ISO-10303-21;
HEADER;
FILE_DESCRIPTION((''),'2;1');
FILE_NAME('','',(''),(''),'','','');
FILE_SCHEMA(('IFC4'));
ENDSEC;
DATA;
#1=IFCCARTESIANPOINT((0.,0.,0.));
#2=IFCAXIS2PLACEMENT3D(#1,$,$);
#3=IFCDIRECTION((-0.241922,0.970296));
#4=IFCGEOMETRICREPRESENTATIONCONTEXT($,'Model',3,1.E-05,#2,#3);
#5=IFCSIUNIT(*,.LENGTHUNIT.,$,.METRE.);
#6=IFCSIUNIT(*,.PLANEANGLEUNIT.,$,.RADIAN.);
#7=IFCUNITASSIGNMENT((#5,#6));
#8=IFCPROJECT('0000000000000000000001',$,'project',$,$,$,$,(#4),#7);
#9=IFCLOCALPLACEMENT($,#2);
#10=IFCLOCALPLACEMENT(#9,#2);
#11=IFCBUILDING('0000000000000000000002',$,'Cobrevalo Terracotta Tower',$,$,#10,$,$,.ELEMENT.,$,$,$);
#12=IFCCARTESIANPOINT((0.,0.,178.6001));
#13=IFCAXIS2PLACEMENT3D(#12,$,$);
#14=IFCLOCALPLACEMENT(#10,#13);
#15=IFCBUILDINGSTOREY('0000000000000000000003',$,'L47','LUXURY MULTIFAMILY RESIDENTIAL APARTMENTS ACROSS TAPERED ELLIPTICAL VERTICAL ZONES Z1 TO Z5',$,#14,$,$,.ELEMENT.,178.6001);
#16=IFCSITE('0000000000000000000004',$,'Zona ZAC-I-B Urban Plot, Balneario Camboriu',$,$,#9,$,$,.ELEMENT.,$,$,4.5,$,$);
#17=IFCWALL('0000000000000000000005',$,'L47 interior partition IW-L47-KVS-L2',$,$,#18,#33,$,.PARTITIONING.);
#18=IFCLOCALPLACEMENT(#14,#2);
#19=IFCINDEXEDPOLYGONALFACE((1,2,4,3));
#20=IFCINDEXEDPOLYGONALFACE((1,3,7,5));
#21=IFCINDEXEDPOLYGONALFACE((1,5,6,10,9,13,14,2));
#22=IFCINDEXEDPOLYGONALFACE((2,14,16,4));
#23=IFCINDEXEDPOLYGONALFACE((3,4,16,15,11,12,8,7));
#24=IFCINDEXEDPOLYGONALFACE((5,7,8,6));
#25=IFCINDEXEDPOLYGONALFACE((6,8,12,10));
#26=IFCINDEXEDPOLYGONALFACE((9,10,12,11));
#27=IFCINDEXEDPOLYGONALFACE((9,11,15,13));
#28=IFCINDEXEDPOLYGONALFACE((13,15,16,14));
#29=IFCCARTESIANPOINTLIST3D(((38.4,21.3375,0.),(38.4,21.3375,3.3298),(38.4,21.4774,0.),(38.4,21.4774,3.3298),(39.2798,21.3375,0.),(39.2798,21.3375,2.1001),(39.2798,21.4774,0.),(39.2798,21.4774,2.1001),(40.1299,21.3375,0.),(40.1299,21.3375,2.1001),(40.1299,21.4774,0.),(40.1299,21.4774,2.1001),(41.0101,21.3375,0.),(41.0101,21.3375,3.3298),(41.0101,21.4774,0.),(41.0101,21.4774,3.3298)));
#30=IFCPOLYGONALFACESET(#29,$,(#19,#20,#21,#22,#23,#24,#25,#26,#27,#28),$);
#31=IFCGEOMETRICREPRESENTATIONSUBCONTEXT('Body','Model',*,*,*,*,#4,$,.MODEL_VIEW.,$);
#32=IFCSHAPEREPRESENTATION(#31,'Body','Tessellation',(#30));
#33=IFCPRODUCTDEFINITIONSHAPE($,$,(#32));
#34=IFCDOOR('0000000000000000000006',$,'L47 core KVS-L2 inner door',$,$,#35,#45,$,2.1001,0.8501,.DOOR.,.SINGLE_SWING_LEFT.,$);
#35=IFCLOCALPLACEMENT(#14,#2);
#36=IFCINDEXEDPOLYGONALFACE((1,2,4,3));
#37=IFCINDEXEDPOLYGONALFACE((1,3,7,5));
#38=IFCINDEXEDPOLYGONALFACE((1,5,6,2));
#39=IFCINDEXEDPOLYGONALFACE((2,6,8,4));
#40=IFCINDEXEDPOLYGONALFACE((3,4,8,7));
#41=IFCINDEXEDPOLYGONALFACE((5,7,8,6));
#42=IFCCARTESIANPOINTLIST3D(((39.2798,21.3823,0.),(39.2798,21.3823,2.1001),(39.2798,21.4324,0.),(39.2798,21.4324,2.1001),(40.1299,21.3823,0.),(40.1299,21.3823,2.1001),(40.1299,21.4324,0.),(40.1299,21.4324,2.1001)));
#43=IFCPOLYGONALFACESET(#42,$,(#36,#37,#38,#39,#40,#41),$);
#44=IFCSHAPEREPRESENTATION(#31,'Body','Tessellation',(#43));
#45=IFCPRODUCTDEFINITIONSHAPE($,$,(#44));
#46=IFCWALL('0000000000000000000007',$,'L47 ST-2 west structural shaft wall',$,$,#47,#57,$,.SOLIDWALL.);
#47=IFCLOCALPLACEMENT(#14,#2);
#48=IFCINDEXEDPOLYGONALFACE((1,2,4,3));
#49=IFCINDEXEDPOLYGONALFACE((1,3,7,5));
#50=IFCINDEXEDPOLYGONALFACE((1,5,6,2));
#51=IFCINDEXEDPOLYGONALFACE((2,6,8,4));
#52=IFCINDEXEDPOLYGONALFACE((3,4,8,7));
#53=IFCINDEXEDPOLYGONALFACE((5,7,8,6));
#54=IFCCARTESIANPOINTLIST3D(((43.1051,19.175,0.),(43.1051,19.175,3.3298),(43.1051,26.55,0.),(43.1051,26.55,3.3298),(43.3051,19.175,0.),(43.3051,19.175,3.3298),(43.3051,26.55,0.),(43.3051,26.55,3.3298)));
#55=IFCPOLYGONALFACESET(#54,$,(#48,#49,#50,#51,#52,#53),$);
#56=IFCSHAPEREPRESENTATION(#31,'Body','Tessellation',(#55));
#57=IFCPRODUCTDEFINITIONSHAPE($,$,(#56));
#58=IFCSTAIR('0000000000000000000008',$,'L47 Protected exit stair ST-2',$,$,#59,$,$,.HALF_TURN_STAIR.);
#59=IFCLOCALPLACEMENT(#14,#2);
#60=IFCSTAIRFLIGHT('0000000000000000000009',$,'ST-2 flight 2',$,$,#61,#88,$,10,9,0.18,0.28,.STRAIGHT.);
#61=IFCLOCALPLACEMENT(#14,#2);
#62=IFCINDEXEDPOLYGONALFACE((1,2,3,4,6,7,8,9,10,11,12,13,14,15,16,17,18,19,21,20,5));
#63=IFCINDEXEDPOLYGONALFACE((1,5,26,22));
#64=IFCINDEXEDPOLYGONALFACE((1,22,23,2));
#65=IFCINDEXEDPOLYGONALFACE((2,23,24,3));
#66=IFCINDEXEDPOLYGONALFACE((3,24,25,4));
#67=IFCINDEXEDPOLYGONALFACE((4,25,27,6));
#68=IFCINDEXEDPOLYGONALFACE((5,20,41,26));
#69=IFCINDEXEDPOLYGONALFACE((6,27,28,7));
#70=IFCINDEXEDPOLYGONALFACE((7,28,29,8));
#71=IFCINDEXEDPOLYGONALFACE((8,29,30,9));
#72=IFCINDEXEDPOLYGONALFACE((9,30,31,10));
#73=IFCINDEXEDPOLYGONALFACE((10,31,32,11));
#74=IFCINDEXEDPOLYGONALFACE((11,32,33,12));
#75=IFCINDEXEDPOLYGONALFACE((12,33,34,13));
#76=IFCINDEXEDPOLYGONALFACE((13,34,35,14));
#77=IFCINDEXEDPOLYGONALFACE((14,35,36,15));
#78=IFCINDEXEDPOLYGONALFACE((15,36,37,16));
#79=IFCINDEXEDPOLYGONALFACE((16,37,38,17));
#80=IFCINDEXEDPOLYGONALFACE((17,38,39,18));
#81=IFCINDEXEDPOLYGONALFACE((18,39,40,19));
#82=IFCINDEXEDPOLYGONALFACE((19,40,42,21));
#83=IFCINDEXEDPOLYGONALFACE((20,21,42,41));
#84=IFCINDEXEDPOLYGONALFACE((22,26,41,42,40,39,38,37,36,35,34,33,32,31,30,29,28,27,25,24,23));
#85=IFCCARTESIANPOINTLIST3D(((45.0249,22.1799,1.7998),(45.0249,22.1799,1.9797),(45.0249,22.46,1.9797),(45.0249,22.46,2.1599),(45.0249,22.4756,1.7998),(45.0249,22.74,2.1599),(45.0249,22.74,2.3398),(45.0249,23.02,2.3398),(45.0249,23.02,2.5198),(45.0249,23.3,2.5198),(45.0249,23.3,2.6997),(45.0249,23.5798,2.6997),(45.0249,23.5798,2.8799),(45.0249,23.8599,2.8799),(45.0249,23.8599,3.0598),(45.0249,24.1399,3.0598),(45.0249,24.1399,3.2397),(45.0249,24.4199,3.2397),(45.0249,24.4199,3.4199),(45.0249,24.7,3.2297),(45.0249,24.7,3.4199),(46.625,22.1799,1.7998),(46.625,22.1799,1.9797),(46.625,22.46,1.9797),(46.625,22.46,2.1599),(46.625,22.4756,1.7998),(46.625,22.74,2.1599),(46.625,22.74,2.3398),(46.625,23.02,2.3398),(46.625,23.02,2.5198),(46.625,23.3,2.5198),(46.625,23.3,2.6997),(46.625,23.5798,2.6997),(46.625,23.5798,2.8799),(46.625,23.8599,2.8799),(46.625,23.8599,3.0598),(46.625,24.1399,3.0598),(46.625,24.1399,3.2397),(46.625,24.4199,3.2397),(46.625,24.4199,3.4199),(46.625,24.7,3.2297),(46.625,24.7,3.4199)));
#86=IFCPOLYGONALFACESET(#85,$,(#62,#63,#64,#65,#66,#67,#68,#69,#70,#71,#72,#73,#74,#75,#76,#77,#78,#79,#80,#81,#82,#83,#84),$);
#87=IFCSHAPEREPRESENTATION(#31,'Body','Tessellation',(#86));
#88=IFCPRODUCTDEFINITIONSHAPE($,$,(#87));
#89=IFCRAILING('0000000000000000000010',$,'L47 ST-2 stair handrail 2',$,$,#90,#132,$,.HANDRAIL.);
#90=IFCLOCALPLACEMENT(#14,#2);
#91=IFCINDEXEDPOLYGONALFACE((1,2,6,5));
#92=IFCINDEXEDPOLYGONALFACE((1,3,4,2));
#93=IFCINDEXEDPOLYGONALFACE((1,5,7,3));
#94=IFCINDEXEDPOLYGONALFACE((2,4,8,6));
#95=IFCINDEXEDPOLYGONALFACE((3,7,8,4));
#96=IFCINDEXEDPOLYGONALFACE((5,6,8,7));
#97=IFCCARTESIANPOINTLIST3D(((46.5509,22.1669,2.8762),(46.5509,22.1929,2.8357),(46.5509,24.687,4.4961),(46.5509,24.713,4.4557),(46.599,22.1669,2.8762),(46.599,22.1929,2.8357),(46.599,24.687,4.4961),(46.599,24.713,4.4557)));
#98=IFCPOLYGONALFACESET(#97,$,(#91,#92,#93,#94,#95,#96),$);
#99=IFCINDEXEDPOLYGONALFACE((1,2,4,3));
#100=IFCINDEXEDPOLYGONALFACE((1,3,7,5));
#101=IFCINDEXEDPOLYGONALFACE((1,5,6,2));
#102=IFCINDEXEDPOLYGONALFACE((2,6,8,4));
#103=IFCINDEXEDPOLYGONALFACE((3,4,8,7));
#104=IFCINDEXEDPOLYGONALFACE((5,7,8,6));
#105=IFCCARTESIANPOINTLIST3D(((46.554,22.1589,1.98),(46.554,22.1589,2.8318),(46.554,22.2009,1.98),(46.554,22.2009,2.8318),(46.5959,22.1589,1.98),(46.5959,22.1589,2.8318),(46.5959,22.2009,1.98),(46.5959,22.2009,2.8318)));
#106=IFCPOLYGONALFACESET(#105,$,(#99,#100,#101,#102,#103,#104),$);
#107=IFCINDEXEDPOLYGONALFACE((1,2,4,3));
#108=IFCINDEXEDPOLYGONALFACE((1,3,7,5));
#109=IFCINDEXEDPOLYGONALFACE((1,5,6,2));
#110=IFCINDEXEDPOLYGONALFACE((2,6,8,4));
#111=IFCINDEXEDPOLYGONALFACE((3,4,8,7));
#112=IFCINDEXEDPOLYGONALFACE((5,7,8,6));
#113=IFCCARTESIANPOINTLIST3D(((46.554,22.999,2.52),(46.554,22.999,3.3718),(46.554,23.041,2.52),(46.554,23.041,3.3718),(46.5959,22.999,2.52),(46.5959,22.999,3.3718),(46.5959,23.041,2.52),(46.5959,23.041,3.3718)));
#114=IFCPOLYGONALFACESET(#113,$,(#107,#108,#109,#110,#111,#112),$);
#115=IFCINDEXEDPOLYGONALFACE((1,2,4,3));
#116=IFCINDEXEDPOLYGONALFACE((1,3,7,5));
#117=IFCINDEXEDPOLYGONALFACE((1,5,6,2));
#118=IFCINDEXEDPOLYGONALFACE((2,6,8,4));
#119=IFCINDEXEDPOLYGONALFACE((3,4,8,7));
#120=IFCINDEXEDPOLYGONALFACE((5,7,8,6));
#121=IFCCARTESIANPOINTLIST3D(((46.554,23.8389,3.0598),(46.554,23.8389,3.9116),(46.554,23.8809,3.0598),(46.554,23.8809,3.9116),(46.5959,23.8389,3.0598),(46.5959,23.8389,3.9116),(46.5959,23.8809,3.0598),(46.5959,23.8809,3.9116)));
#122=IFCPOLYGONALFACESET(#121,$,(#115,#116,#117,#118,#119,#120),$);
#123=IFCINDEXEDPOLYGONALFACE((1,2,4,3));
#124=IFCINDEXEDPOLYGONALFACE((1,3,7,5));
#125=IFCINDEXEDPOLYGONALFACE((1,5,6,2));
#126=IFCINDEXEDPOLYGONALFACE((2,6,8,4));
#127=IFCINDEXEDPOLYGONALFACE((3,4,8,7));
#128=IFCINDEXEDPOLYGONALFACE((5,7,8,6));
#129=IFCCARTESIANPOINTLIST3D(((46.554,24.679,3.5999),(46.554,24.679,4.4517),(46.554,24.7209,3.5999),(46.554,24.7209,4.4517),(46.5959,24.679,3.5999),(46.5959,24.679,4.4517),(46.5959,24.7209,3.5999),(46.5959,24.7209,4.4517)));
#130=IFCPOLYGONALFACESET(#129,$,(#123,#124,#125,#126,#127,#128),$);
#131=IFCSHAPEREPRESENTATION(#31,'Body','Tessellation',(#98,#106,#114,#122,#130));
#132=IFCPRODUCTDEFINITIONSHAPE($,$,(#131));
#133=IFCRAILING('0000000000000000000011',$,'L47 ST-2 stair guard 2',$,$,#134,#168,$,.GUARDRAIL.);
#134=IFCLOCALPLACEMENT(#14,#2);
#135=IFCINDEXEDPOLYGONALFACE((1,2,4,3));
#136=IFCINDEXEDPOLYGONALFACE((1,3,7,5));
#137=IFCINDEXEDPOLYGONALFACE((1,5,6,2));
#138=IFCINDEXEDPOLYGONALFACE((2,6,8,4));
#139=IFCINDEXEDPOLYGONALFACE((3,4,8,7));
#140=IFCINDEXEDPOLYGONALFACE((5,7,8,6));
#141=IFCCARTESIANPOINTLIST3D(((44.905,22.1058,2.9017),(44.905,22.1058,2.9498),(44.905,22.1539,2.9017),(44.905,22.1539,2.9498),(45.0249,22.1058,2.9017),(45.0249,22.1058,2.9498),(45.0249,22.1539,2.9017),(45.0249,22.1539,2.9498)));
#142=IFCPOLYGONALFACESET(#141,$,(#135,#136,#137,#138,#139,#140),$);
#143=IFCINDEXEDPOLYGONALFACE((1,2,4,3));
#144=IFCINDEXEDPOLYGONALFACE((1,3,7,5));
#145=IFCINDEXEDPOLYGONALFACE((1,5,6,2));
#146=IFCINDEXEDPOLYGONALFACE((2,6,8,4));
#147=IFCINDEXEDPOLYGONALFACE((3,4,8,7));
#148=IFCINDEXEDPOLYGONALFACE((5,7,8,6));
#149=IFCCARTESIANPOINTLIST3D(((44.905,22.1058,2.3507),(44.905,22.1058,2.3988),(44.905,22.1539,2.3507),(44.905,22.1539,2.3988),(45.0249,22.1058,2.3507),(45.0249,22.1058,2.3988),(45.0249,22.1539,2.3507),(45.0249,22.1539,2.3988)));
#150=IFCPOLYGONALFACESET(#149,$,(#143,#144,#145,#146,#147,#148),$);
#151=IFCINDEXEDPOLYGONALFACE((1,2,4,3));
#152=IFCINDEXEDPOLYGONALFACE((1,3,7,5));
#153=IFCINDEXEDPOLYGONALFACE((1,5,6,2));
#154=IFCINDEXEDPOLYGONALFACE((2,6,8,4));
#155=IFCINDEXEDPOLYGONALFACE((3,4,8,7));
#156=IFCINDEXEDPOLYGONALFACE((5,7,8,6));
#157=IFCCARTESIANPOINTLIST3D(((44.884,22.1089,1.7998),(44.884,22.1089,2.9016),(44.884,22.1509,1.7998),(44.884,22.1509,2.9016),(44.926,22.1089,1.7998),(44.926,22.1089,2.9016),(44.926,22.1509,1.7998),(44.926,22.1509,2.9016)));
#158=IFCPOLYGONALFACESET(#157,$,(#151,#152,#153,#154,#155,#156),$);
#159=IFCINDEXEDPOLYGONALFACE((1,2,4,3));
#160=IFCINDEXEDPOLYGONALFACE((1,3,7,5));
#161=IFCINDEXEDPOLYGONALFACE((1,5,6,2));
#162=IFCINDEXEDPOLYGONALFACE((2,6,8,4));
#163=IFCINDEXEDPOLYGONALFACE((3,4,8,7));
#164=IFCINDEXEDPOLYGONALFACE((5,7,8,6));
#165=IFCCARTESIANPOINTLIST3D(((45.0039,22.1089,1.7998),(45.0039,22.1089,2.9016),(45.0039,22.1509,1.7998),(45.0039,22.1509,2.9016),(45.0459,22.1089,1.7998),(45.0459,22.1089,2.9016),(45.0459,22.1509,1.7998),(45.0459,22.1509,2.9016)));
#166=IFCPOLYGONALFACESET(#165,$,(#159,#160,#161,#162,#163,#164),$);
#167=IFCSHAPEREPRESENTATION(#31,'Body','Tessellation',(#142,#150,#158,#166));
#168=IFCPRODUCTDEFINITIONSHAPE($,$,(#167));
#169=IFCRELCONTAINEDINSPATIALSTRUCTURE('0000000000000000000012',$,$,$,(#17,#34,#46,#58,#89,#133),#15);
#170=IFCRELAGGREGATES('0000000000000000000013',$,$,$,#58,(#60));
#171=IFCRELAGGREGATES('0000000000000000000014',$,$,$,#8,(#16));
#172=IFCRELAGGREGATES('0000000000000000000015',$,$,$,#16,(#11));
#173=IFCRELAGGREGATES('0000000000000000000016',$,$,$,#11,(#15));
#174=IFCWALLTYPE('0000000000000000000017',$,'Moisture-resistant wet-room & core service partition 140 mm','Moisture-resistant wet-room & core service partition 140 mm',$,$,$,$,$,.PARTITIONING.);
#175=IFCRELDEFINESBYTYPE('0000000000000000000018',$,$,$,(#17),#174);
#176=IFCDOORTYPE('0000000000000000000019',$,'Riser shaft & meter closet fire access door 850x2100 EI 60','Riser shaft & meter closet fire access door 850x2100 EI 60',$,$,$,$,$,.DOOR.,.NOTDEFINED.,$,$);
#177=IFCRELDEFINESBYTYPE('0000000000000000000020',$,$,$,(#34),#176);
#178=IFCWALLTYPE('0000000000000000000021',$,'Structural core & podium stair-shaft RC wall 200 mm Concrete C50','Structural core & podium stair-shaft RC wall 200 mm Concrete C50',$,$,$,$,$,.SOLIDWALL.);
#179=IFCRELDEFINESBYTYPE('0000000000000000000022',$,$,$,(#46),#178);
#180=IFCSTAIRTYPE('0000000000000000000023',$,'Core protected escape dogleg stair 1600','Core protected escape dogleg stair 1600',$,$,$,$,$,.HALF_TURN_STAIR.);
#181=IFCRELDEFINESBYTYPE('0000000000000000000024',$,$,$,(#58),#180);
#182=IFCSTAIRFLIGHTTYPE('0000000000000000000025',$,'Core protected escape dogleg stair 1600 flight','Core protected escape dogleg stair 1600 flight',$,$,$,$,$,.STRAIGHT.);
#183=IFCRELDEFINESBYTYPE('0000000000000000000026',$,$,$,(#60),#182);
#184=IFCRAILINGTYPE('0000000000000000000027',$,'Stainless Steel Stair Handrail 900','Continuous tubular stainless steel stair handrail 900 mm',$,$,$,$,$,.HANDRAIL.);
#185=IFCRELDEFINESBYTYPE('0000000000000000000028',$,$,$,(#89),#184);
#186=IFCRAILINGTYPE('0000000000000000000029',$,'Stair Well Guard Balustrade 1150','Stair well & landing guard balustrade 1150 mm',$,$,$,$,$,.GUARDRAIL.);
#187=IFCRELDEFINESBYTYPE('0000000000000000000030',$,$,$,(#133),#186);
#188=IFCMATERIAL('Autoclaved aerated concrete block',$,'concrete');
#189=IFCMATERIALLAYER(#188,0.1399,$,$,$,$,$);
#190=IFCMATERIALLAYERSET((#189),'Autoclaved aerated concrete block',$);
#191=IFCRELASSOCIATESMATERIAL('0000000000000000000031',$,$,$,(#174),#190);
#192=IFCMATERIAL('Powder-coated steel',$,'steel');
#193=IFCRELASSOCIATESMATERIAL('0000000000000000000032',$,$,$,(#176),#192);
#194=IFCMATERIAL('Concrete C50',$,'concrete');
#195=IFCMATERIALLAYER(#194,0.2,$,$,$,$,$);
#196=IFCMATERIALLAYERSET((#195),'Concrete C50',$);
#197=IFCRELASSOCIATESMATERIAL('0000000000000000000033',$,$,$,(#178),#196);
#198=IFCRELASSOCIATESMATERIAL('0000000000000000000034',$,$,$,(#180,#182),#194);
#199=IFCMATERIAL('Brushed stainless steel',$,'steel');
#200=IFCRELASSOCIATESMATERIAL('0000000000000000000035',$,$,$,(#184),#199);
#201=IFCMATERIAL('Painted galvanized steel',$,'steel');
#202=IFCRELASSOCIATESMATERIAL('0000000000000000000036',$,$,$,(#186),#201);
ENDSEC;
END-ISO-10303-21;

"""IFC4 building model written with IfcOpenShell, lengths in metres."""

from ifc_helpers import new_model, si_unit, direction, frame, frame_2d, origin, origin_2d, place, context, subcontext, project, spatial, polyline, rectangle, outline, extrude, source, transform, mapped, material, layer, layer_set, type_object, element, fill, aggregate, save


model = new_model("IFC4")

# Units and contexts
model_context = context("Model", 3, precision=1e-05, world=origin(), true_north=direction((-0.241922, 0.970296)))
body_context = subcontext(model_context, "Body", "Model", "MODEL_VIEW")
ifc_project = project(units=[si_unit("LENGTHUNIT", "METRE"), si_unit("PLANEANGLEUNIT", "RADIAN")], contexts=[model_context])

# Site, building, storey
site_placement = place(None, origin())
site = spatial("IfcSite", under=ifc_project, at=site_placement, Name="Zona ZAC-I-B Urban Plot, Balneario Camboriu", CompositionType="ELEMENT", RefElevation=4.5)
building_placement = place(site_placement, origin())
building = spatial("IfcBuilding", under=site, at=building_placement, Name="Cobrevalo Terracotta Tower", CompositionType="ELEMENT")
storey_placement = place(building_placement, frame((0.0, 0.0, 178.6001)))
storey = spatial("IfcBuildingStorey", under=building, at=storey_placement, Name="L47", Description="LUXURY MULTIFAMILY RESIDENTIAL APARTMENTS ACROSS TAPERED ELLIPTICAL VERTICAL ZONES Z1 TO Z5", CompositionType="ELEMENT", Elevation=178.6001)

# Shared definitions
ifc_material_1 = material(Name="Autoclaved aerated concrete block", Category="concrete")

# Shared definitions
ifc_material_2 = material(Name="Concrete C50", Category="concrete")

# Shared definitions
ifc_layer_1 = layer(ifc_material_1, 0.1399)
ifc_layer_set_1 = layer_set([ifc_layer_1], Name="Autoclaved aerated concrete block")
wall_type_1 = type_object("IfcWallType", Name="Moisture-resistant wet-room & core service partition 140 mm", Description="Moisture-resistant wet-room & core service partition 140 mm", PredefinedType="PARTITIONING", material=ifc_layer_set_1)

# Wall, opening, door
wall_1_placement = place(storey_placement, frame((38.3999, 21.4075, 0.0), z_axis=(0.0, 0.0, 1.0), x_axis=(1.0, 0.0, 0.0)))
wall_1 = element("IfcWall", 1, at=wall_1_placement, inside=storey, type_object=wall_type_1, Name="L47 interior partition IW-L47-KVS-L2", PredefinedType="PARTITIONING", context=body_context, shape_type="SweptSolid", body=[
    extrude(rectangle(XDim=2.6101, YDim=0.1399, at=frame_2d((1.3052, 0.0))), origin(), (0.0, 0.0, 1.0), 3.3298),
])
opening_1_placement = place(wall_1_placement, frame((0.8799, 0.0, 0.0)))
opening_1 = element("IfcOpeningElement", 2, at=opening_1_placement, cuts=wall_1, PredefinedType="OPENING", context=body_context, shape_type="SweptSolid", body=[
    extrude(rectangle(XDim=0.8501, YDim=2.1001, at=frame_2d((0.425, 1.05))), frame((0.0, 0.0801, 0.0), z_axis=(0.0, -1.0, 0.0), x_axis=(1.0, 0.0, 0.0)), (0.0, 0.0, 1.0), 0.1599),
])
ifc_material_3 = material(Name="Powder-coated steel", Category="steel")
door_type_1 = type_object("IfcDoorType", Name="Riser shaft & meter closet fire access door 850x2100 EI 60", Description="Riser shaft & meter closet fire access door 850x2100 EI 60", OperationType="NOTDEFINED", PredefinedType="DOOR", material=ifc_material_3)
shared_shape_1 = source(origin(), body_context, "Body", "SweptSolid", [
    extrude(rectangle(XDim=0.8501, YDim=2.1001, at=frame_2d((0.425, 1.05))), frame((0.0, 0.0249, 0.0), z_axis=(0.0, -1.0, 0.0), x_axis=(1.0, 0.0, 0.0)), (0.0, 0.0, 1.0), 0.05),
])
door_1_placement = place(opening_1_placement, origin())
door_1 = element("IfcDoor", 3, at=door_1_placement, inside=storey, type_object=door_type_1, Name="L47 core KVS-L2 inner door", OperationType="SINGLE_SWING_LEFT", OverallHeight=2.1001, OverallWidth=0.8501, PredefinedType="DOOR", context=body_context, shape_type="MappedRepresentation", body=[
    mapped(shared_shape_1, transform((0.0, 0.0, 0.0), scale=1.0)),
])
fill(opening_1, door_1)

# Wall
ifc_layer_2 = layer(ifc_material_2, 0.2)
ifc_layer_set_2 = layer_set([ifc_layer_2], Name="Concrete C50")
wall_type_2 = type_object("IfcWallType", Name="Structural core & podium stair-shaft RC wall 200 mm Concrete C50", Description="Structural core & podium stair-shaft RC wall 200 mm Concrete C50", PredefinedType="SOLIDWALL", material=ifc_layer_set_2)
wall_2_placement = place(storey_placement, frame((43.2051, 19.175, 0.0), z_axis=(0.0, 0.0, 1.0), x_axis=(0.0, 1.0, 0.0)))
element("IfcWall", 4, at=wall_2_placement, inside=storey, type_object=wall_type_2, Name="L47 ST-2 west structural shaft wall", PredefinedType="SOLIDWALL", context=body_context, shape_type="SweptSolid", body=[
    extrude(rectangle(XDim=7.375, YDim=0.2, at=frame_2d((3.6875, 0.0))), origin(), (0.0, 0.0, 1.0), 3.3298),
])

# Stair, stair flight
stair_type = type_object("IfcStairType", Name="Core protected escape dogleg stair 1600", Description="Core protected escape dogleg stair 1600", PredefinedType="HALF_TURN_STAIR", material=ifc_material_2)
stair_placement = place(storey_placement, origin())
stair = element("IfcStair", 5, at=stair_placement, inside=storey, type_object=stair_type, Name="L47 Protected exit stair ST-2", PredefinedType="HALF_TURN_STAIR")
stair_flight_type = type_object("IfcStairFlightType", Name="Core protected escape dogleg stair 1600 flight", Description="Core protected escape dogleg stair 1600 flight", PredefinedType="STRAIGHT", material=ifc_material_2)
stair_flight_placement = place(storey_placement, frame((45.825, 22.1799, 1.7998), z_axis=(0.0, 0.0, 1.0), x_axis=(0.0, 1.0, 0.0)))
stair_flight = element("IfcStairFlight", 6, at=stair_flight_placement, type_object=stair_flight_type, Name="ST-2 flight 2", NumberOfRisers=10, NumberOfTreads=9, PredefinedType="STRAIGHT", RiserHeight=0.18, TreadLength=0.28, context=body_context, shape_type="SweptSolid", body=[
    extrude(outline(polyline([(0.0, 0.0), (0.0, 0.1799), (0.28, 0.1799), (0.28, 0.3601), (0.5601, 0.3601), (0.5601, 0.54), (0.8401, 0.54), (0.8401, 0.72), (1.1201, 0.72), (1.1201, 0.8999), (1.3999, 0.8999), (1.3999, 1.0801), (1.6799, 1.0801), (1.6799, 1.26), (1.96, 1.26), (1.96, 1.4399), (2.24, 1.4399), (2.24, 1.6201), (2.52, 1.6201), (2.52, 1.8), (2.52, 1.4299), (0.2957, 0.0), (0.0, 0.0)])), frame((0.0, 0.8, 0.0), z_axis=(0.0, -1.0, 0.0), x_axis=(1.0, 0.0, 0.0)), (0.0, 0.0, 1.0), 1.6001),
])
aggregate(stair, [stair_flight])

# Railings
ifc_material_4 = material(Name="Brushed stainless steel", Category="steel")
railing_type_1 = type_object("IfcRailingType", Name="Stainless Steel Stair Handrail 900", Description="Continuous tubular stainless steel stair handrail 900 mm", PredefinedType="HANDRAIL", material=ifc_material_4)
railing_1_placement = place(storey_placement, frame((46.575, 22.1799, 1.98)))
element("IfcRailing", 7, at=railing_1_placement, inside=storey, type_object=railing_type_1, Name="L47 ST-2 stair handrail 2", PredefinedType="HANDRAIL", context=body_context, shape_type="SweptSolid", body=[
    extrude(rectangle(XDim=0.0481, YDim=0.0481, at=origin_2d()), frame((0.0, 0.0, 0.876), z_axis=(0.0, 0.8412, 0.540725), x_axis=(-1.0, 0.0, 0.0)), (0.0, 0.0, 1.0), 2.9958),
    extrude(rectangle(XDim=0.042, YDim=0.042, at=origin_2d()), origin(), (0.0, 0.0, 1.0), 0.8518),
    extrude(rectangle(XDim=0.042, YDim=0.042, at=origin_2d()), frame((0.0, 0.8401, 0.54)), (0.0, 0.0, 1.0), 0.8518),
    extrude(rectangle(XDim=0.042, YDim=0.042, at=origin_2d()), frame((0.0, 1.6799, 1.0798)), (0.0, 0.0, 1.0), 0.8518),
    extrude(rectangle(XDim=0.042, YDim=0.042, at=origin_2d()), frame((0.0, 2.52, 1.6199)), (0.0, 0.0, 1.0), 0.8518),
])
ifc_material_5 = material(Name="Painted galvanized steel", Category="steel")
railing_type_2 = type_object("IfcRailingType", Name="Stair Well Guard Balustrade 1150", Description="Stair well & landing guard balustrade 1150 mm", PredefinedType="GUARDRAIL", material=ifc_material_5)
railing_2_placement = place(storey_placement, frame((44.905, 22.1299, 1.7998)))
element("IfcRailing", 8, at=railing_2_placement, inside=storey, type_object=railing_type_2, Name="L47 ST-2 stair guard 2", PredefinedType="GUARDRAIL", context=body_context, shape_type="SweptSolid", body=[
    extrude(rectangle(XDim=0.0481, YDim=0.0481, at=origin_2d()), frame((0.0, 0.0, 1.126), z_axis=(1.0, 0.0, 0.0), x_axis=(0.0, 1.0, 0.0)), (0.0, 0.0, 1.0), 0.1199),
    extrude(rectangle(XDim=0.0481, YDim=0.0481, at=origin_2d()), frame((0.0, 0.0, 0.575), z_axis=(1.0, 0.0, 0.0), x_axis=(0.0, 1.0, 0.0)), (0.0, 0.0, 1.0), 0.1199),
    extrude(rectangle(XDim=0.042, YDim=0.042, at=origin_2d()), origin(), (0.0, 0.0, 1.0), 1.1018),
    extrude(rectangle(XDim=0.042, YDim=0.042, at=origin_2d()), frame((0.1199, 0.0, 0.0)), (0.0, 0.0, 1.0), 1.1018),
])

save(model, "model.ifc")
